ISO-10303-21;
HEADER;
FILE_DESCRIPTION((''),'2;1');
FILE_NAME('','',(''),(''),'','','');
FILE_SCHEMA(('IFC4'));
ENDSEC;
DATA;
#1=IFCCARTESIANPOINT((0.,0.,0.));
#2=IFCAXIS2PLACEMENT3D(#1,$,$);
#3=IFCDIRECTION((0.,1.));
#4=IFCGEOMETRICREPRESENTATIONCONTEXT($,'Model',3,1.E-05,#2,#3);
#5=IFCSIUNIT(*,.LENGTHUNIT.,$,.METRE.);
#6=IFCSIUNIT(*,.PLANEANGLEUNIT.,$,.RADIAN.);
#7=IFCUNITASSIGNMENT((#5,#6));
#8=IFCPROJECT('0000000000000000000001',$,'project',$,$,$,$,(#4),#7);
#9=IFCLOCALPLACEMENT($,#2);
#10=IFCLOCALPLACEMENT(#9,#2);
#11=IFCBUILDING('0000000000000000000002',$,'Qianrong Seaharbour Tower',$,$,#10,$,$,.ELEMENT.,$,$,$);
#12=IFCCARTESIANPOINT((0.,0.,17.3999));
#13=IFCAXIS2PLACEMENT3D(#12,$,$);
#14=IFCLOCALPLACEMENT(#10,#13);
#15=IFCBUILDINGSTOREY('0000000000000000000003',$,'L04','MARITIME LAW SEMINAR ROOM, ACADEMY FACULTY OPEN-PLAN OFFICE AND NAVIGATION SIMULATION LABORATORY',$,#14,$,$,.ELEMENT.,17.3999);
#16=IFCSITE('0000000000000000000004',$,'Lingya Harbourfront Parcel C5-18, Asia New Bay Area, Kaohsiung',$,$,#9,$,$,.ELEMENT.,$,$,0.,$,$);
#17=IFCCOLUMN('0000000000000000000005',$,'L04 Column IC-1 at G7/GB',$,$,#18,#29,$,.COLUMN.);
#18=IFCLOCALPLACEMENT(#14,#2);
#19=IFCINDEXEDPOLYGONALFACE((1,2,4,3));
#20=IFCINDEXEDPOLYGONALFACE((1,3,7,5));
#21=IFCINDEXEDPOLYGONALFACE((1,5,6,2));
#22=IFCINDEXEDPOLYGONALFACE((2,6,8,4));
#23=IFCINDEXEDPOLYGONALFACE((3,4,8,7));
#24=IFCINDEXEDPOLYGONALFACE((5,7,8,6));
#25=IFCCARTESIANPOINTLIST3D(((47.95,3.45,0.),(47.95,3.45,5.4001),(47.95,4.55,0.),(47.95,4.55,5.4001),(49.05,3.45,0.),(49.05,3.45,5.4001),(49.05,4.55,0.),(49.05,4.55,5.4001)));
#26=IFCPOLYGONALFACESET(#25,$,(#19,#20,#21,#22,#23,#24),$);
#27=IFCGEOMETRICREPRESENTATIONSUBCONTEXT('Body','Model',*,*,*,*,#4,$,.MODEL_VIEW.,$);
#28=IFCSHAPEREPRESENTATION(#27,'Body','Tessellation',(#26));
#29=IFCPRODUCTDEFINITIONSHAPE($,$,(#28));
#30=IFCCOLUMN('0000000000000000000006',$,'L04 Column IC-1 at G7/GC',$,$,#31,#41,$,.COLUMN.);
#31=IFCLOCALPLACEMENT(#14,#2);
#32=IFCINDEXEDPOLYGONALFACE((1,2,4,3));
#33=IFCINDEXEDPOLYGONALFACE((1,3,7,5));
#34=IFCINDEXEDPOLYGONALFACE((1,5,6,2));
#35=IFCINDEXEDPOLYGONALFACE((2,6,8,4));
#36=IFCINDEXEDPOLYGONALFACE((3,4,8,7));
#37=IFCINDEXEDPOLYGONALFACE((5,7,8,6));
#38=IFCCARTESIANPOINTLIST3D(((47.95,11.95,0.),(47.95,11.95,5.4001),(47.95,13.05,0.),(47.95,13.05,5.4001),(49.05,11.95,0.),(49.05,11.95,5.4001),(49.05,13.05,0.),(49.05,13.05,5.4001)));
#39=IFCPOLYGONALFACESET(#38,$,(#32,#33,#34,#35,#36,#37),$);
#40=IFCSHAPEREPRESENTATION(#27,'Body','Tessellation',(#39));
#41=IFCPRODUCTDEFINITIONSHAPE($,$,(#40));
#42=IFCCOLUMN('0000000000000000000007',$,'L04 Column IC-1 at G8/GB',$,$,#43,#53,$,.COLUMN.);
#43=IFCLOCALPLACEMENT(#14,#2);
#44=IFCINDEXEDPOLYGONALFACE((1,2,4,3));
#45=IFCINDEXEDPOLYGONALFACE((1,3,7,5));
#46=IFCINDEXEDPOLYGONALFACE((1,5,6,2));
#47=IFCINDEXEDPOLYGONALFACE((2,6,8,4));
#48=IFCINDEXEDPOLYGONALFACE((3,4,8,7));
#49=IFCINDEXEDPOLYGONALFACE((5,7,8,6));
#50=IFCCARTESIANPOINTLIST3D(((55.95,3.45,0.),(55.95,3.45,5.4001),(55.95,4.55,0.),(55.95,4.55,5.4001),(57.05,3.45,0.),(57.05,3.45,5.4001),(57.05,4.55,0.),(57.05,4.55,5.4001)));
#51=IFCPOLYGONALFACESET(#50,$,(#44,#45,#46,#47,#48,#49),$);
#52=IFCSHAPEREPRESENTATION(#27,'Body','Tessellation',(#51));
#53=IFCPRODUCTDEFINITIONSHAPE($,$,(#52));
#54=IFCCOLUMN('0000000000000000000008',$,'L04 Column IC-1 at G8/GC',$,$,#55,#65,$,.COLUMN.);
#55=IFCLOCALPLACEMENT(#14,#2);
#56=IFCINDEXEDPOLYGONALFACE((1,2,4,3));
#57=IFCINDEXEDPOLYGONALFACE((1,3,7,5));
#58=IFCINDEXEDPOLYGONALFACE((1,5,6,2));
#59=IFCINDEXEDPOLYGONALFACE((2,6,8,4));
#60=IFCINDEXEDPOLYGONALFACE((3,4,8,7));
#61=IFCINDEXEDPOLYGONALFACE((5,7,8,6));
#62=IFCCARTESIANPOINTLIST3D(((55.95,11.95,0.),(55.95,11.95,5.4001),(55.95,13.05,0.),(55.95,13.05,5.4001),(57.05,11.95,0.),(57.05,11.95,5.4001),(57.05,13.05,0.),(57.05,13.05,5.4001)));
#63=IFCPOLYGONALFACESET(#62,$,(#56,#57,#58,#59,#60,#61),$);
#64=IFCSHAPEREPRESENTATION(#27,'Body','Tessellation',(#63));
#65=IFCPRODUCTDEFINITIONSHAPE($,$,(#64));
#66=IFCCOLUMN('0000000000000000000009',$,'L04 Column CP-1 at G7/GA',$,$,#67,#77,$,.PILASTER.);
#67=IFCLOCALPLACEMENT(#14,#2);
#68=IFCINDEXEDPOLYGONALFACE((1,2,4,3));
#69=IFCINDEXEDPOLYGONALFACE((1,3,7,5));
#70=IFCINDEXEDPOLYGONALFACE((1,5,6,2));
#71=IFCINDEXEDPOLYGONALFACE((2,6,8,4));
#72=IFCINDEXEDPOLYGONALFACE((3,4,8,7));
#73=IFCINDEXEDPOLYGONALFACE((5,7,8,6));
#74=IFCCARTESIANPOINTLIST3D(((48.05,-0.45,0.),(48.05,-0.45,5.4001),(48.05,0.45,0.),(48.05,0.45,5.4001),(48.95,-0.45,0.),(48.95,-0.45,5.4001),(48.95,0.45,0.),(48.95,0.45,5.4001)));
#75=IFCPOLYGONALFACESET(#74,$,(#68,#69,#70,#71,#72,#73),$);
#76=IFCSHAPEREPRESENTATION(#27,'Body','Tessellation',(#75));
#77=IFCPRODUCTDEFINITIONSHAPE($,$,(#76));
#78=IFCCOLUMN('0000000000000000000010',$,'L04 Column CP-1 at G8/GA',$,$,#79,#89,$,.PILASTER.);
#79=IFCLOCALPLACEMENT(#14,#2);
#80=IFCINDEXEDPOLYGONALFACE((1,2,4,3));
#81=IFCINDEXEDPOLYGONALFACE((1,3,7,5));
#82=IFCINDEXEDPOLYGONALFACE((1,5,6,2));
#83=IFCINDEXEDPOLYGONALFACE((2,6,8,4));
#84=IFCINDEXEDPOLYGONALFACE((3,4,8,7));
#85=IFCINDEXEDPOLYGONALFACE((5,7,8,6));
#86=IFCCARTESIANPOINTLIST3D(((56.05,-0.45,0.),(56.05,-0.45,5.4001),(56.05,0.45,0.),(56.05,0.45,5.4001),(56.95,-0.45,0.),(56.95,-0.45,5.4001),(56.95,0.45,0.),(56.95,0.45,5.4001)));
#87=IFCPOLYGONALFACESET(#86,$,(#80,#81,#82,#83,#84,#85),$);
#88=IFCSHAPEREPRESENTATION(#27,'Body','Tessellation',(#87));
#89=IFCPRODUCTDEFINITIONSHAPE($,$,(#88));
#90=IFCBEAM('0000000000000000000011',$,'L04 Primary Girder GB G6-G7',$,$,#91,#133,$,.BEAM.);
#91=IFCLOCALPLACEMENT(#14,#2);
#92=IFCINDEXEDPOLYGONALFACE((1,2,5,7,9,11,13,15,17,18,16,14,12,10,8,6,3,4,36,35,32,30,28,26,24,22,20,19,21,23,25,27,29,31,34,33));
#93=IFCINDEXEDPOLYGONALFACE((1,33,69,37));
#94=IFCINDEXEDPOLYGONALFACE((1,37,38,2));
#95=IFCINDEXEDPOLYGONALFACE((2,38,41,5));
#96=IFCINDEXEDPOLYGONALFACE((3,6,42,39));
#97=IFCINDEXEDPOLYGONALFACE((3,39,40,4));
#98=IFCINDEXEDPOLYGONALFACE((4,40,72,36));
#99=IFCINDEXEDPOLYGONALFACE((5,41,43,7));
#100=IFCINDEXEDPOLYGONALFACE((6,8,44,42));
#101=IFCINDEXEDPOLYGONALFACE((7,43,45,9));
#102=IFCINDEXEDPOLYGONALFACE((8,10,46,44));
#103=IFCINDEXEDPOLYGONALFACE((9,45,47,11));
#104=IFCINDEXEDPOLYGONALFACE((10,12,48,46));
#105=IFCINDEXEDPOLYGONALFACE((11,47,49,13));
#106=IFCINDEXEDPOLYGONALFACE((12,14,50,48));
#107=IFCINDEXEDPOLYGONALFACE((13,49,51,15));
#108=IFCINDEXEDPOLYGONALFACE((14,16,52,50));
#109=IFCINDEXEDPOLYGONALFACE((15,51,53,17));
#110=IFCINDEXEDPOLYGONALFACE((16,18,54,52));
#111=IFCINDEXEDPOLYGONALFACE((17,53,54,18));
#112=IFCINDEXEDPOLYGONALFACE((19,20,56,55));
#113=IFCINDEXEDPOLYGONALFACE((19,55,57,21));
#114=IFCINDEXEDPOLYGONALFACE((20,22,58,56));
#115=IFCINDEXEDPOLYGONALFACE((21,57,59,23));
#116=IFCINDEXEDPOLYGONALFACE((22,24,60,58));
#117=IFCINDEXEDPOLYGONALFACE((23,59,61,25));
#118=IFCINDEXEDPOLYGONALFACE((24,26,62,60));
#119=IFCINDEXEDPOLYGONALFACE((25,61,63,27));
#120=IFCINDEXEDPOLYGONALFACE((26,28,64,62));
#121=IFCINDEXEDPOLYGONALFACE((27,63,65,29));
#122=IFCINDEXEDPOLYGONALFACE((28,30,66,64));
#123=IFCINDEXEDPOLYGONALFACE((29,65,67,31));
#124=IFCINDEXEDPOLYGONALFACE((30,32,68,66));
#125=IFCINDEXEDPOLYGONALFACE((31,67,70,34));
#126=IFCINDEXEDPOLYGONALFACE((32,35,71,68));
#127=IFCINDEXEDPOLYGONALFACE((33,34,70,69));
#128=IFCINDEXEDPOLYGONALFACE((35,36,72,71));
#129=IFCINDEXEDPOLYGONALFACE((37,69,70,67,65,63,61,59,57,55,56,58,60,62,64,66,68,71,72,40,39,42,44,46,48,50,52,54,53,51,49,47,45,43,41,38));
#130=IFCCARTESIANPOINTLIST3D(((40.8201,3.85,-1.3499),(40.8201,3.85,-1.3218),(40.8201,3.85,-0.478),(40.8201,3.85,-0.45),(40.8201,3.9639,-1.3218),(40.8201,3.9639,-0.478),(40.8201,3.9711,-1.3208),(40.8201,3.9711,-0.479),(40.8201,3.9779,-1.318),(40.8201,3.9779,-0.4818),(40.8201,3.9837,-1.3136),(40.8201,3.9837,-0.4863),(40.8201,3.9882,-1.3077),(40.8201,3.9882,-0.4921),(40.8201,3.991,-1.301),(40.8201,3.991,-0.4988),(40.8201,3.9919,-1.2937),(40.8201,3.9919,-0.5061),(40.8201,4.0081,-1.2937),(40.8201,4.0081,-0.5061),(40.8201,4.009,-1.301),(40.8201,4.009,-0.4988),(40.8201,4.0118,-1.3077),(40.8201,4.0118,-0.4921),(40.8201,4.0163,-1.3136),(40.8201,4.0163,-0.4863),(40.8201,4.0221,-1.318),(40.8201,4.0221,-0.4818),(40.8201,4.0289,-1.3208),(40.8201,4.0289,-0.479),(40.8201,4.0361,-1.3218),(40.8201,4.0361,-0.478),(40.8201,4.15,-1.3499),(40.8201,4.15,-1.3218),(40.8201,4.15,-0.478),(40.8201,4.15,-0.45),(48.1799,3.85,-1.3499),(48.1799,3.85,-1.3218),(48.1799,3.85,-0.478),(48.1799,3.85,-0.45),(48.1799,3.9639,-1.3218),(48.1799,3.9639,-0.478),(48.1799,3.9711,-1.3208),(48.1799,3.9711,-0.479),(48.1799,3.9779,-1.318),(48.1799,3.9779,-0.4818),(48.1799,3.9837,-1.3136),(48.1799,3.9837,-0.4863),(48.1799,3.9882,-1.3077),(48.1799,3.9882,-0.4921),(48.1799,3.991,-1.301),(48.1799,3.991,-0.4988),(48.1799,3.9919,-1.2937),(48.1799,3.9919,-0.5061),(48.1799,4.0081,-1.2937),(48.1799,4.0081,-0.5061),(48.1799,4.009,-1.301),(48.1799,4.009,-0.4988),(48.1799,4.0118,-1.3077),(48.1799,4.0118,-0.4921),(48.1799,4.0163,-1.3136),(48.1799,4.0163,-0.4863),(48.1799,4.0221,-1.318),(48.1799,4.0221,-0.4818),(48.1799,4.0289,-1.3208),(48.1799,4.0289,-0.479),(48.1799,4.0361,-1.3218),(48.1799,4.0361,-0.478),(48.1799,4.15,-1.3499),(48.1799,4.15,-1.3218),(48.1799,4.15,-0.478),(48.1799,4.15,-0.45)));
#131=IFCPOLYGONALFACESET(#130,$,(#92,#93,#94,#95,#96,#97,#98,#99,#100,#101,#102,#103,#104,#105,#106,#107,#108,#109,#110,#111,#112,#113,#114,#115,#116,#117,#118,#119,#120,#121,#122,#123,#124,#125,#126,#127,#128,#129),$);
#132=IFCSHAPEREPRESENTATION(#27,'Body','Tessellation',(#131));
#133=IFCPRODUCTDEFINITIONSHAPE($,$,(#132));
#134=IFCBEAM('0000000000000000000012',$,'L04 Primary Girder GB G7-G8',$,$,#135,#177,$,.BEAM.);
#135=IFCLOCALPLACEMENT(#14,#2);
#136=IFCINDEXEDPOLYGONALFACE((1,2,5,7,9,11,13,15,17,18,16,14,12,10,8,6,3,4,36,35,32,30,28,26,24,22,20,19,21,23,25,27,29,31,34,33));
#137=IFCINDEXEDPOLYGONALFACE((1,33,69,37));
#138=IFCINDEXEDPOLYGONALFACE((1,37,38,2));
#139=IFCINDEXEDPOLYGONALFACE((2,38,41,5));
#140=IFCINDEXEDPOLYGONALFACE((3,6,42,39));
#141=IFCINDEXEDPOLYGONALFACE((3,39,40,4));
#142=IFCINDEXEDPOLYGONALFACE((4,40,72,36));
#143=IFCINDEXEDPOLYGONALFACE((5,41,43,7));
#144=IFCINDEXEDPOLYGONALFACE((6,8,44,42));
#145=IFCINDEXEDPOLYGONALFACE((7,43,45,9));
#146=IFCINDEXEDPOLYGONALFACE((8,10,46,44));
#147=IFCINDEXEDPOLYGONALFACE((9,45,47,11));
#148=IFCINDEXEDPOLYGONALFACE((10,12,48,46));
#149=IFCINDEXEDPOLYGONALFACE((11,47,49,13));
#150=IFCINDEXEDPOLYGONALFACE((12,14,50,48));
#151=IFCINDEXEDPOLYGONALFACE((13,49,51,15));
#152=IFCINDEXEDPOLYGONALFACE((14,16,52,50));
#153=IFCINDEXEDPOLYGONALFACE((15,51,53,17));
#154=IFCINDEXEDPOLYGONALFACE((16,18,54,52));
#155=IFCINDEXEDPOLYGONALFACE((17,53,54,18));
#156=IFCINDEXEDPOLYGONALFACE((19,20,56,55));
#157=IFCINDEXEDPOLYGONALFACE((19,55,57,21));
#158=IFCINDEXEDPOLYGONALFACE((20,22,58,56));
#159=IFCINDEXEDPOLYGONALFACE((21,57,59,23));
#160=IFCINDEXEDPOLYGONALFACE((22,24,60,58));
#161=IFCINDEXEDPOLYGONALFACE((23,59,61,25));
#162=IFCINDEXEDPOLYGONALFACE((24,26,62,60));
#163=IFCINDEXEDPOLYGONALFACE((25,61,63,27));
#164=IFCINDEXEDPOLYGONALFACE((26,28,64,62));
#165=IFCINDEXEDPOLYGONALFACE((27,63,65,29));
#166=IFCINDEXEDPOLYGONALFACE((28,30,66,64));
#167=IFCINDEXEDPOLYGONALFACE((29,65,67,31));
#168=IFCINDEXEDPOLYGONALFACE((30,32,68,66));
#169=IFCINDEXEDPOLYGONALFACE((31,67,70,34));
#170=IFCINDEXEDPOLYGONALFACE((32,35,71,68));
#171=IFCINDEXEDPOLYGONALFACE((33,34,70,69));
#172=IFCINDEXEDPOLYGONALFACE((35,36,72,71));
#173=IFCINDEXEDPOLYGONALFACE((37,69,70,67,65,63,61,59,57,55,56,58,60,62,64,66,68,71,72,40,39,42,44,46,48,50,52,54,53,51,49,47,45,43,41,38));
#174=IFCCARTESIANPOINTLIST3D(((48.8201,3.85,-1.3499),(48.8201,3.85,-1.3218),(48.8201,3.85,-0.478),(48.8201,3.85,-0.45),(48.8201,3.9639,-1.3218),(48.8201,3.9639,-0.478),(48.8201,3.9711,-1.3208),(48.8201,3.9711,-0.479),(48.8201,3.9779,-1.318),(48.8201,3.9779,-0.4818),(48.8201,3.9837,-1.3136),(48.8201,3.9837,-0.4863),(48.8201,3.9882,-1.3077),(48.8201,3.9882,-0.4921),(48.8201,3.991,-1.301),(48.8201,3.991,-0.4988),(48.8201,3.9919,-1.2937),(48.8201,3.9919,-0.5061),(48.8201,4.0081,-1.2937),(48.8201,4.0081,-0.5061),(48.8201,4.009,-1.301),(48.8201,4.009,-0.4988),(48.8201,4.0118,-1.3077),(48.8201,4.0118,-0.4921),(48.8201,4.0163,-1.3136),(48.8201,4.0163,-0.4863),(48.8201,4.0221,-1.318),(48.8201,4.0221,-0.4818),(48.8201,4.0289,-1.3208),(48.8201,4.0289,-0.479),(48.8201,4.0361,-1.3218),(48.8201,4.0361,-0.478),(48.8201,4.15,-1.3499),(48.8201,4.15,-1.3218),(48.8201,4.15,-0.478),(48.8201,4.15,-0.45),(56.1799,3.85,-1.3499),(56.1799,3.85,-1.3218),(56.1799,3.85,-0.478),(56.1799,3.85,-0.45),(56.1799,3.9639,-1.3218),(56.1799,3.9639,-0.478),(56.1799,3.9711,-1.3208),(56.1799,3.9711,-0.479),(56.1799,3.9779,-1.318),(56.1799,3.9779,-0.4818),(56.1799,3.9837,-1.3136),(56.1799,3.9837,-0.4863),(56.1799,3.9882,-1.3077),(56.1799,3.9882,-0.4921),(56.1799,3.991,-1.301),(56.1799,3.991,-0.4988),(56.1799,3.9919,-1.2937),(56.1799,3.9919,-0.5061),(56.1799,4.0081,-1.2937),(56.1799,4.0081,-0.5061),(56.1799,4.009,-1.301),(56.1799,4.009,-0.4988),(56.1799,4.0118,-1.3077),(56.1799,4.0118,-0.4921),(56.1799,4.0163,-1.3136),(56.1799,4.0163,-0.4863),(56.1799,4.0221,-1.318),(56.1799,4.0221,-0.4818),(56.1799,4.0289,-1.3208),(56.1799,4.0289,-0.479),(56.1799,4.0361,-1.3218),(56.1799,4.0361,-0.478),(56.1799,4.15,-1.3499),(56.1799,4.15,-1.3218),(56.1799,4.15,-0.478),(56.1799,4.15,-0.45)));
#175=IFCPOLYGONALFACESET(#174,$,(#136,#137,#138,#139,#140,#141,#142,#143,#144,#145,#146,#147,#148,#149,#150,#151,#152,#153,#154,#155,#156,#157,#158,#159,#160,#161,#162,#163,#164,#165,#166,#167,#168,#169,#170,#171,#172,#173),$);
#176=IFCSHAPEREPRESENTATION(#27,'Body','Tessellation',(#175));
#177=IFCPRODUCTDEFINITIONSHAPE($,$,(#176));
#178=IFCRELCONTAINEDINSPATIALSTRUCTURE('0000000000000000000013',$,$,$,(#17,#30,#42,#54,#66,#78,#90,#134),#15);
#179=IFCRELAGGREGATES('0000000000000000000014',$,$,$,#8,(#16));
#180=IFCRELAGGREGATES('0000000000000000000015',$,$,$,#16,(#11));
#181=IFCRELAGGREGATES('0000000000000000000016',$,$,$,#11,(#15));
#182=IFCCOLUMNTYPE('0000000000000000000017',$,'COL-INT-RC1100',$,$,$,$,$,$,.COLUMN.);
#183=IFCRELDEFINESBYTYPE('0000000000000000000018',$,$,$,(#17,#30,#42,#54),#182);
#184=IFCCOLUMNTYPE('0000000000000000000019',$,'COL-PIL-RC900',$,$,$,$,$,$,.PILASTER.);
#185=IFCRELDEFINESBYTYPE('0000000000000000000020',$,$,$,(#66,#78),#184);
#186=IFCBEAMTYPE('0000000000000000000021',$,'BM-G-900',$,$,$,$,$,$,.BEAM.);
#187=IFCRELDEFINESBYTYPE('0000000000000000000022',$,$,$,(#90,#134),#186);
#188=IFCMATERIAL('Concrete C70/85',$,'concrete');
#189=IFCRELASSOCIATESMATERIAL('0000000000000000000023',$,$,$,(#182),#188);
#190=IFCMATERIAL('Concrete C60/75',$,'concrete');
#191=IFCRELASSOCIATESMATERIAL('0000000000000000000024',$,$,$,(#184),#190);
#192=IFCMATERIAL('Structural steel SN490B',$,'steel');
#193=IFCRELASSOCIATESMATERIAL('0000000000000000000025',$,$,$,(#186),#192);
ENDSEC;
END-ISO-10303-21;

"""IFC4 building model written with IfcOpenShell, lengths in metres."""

from ifc_helpers import new_model, si_unit, direction, frame, origin, origin_2d, place, context, subcontext, project, spatial, rectangle, i_section, extrude, material, material_profile, profile_set, type_object, element, save


model = new_model("IFC4")

# Units and contexts
model_context = context("Model", 3, precision=1e-05, world=origin(), true_north=direction((0.0, 1.0)))
body_context = subcontext(model_context, "Body", "Model", "MODEL_VIEW")
ifc_project = project(units=[si_unit("LENGTHUNIT", "METRE"), si_unit("PLANEANGLEUNIT", "RADIAN")], contexts=[model_context])

# Site, building, storey
site_placement = place(None, origin())
site = spatial("IfcSite", under=ifc_project, at=site_placement, Name="Lingya Harbourfront Parcel C5-18, Asia New Bay Area, Kaohsiung", CompositionType="ELEMENT", RefElevation=0.0)
building_placement = place(site_placement, origin())
building = spatial("IfcBuilding", under=site, at=building_placement, Name="Qianrong Seaharbour Tower", CompositionType="ELEMENT")
storey_placement = place(building_placement, frame((0.0, 0.0, 17.3999)))
storey = spatial("IfcBuildingStorey", under=building, at=storey_placement, Name="L04", Description="MARITIME LAW SEMINAR ROOM, ACADEMY FACULTY OPEN-PLAN OFFICE AND NAVIGATION SIMULATION LABORATORY", CompositionType="ELEMENT", Elevation=17.3999)

# Columns
ifc_material_1 = material(Name="Concrete C70/85", Category="concrete")
ifc_material_profile_1 = material_profile(ifc_material_1, rectangle(XDim=1.1001, YDim=1.1001, at=origin_2d()), Name="RC1100x1100")
ifc_profile_set_1 = profile_set([ifc_material_profile_1], Name="Concrete C70/85")
column_type_1 = type_object("IfcColumnType", Name="COL-INT-RC1100", PredefinedType="COLUMN", material=ifc_profile_set_1)
for number, where, z_axis, x_axis, name in (
    (1, (48.5, 4.0, 0.0), (0.0, 0.0, 1.0), (1.0, 0.0, 0.0), "L04 Column IC-1 at G7/GB"),
    (2, (48.5, 12.5, 0.0), (0.0, 0.0, 1.0), (1.0, 0.0, 0.0), "L04 Column IC-1 at G7/GC"),
    (3, (56.5, 4.0, 0.0), (0.0, 0.0, 1.0), (1.0, 0.0, 0.0), "L04 Column IC-1 at G8/GB"),
    (4, (56.5, 12.5, 0.0), (0.0, 0.0, 1.0), (1.0, 0.0, 0.0), "L04 Column IC-1 at G8/GC"),
):
    element("IfcColumn", number, at=place(storey_placement, frame(where, z_axis=z_axis, x_axis=x_axis)), inside=storey, type_object=column_type_1, Name=name, PredefinedType="COLUMN", context=body_context, shape_type="SweptSolid", body=[
        extrude(rectangle(XDim=1.1001, YDim=1.1001, at=origin_2d()), origin(), (0.0, 0.0, 1.0), 5.4001),
    ])
ifc_material_2 = material(Name="Concrete C60/75", Category="concrete")
ifc_material_profile_2 = material_profile(ifc_material_2, rectangle(XDim=0.8999, YDim=0.8999, at=origin_2d()), Name="RC900x900")
ifc_profile_set_2 = profile_set([ifc_material_profile_2], Name="Concrete C60/75")
column_type_2 = type_object("IfcColumnType", Name="COL-PIL-RC900", PredefinedType="PILASTER", material=ifc_profile_set_2)
for number, where, z_axis, x_axis, name in (
    (5, (48.5, 0.0, 0.0), (0.0, 0.0, 1.0), (1.0, 0.0, 0.0), "L04 Column CP-1 at G7/GA"),
    (6, (56.5, 0.0, 0.0), (0.0, 0.0, 1.0), (1.0, 0.0, 0.0), "L04 Column CP-1 at G8/GA"),
):
    element("IfcColumn", number, at=place(storey_placement, frame(where, z_axis=z_axis, x_axis=x_axis)), inside=storey, type_object=column_type_2, Name=name, PredefinedType="PILASTER", context=body_context, shape_type="SweptSolid", body=[
        extrude(rectangle(XDim=0.8999, YDim=0.8999, at=origin_2d()), origin(), (0.0, 0.0, 1.0), 5.4001),
    ])

# Beams
ifc_material_3 = material(Name="Structural steel SN490B", Category="steel")
ifc_material_profile_3 = material_profile(ifc_material_3, i_section(OverallWidth=0.3, OverallDepth=0.8999, WebThickness=0.0161, FlangeThickness=0.0281, FilletRadius=0.0281, at=origin_2d()), Name="H900x300x16x28")
ifc_profile_set_3 = profile_set([ifc_material_profile_3], Name="Structural steel SN490B")
beam_type_1 = type_object("IfcBeamType", Name="BM-G-900", PredefinedType="BEAM", material=ifc_profile_set_3)
for number, where, z_axis, x_axis, name in (
    (7, (40.8201, 4.0, -0.8999), (1.0, 0.0, 0.0), (0.0, 1.0, 0.0), "L04 Primary Girder GB G6-G7"),
    (8, (48.8201, 4.0, -0.8999), (1.0, 0.0, 0.0), (0.0, 1.0, 0.0), "L04 Primary Girder GB G7-G8"),
):
    element("IfcBeam", number, at=place(storey_placement, frame(where, z_axis=z_axis, x_axis=x_axis)), inside=storey, type_object=beam_type_1, Name=name, PredefinedType="BEAM", context=body_context, shape_type="SweptSolid", body=[
        extrude(i_section(OverallWidth=0.3, OverallDepth=0.8999, WebThickness=0.0161, FlangeThickness=0.0281, FilletRadius=0.0281, at=origin_2d()), origin(), (0.0, 0.0, 1.0), 7.3599),
    ])

save(model, "model.ifc")
